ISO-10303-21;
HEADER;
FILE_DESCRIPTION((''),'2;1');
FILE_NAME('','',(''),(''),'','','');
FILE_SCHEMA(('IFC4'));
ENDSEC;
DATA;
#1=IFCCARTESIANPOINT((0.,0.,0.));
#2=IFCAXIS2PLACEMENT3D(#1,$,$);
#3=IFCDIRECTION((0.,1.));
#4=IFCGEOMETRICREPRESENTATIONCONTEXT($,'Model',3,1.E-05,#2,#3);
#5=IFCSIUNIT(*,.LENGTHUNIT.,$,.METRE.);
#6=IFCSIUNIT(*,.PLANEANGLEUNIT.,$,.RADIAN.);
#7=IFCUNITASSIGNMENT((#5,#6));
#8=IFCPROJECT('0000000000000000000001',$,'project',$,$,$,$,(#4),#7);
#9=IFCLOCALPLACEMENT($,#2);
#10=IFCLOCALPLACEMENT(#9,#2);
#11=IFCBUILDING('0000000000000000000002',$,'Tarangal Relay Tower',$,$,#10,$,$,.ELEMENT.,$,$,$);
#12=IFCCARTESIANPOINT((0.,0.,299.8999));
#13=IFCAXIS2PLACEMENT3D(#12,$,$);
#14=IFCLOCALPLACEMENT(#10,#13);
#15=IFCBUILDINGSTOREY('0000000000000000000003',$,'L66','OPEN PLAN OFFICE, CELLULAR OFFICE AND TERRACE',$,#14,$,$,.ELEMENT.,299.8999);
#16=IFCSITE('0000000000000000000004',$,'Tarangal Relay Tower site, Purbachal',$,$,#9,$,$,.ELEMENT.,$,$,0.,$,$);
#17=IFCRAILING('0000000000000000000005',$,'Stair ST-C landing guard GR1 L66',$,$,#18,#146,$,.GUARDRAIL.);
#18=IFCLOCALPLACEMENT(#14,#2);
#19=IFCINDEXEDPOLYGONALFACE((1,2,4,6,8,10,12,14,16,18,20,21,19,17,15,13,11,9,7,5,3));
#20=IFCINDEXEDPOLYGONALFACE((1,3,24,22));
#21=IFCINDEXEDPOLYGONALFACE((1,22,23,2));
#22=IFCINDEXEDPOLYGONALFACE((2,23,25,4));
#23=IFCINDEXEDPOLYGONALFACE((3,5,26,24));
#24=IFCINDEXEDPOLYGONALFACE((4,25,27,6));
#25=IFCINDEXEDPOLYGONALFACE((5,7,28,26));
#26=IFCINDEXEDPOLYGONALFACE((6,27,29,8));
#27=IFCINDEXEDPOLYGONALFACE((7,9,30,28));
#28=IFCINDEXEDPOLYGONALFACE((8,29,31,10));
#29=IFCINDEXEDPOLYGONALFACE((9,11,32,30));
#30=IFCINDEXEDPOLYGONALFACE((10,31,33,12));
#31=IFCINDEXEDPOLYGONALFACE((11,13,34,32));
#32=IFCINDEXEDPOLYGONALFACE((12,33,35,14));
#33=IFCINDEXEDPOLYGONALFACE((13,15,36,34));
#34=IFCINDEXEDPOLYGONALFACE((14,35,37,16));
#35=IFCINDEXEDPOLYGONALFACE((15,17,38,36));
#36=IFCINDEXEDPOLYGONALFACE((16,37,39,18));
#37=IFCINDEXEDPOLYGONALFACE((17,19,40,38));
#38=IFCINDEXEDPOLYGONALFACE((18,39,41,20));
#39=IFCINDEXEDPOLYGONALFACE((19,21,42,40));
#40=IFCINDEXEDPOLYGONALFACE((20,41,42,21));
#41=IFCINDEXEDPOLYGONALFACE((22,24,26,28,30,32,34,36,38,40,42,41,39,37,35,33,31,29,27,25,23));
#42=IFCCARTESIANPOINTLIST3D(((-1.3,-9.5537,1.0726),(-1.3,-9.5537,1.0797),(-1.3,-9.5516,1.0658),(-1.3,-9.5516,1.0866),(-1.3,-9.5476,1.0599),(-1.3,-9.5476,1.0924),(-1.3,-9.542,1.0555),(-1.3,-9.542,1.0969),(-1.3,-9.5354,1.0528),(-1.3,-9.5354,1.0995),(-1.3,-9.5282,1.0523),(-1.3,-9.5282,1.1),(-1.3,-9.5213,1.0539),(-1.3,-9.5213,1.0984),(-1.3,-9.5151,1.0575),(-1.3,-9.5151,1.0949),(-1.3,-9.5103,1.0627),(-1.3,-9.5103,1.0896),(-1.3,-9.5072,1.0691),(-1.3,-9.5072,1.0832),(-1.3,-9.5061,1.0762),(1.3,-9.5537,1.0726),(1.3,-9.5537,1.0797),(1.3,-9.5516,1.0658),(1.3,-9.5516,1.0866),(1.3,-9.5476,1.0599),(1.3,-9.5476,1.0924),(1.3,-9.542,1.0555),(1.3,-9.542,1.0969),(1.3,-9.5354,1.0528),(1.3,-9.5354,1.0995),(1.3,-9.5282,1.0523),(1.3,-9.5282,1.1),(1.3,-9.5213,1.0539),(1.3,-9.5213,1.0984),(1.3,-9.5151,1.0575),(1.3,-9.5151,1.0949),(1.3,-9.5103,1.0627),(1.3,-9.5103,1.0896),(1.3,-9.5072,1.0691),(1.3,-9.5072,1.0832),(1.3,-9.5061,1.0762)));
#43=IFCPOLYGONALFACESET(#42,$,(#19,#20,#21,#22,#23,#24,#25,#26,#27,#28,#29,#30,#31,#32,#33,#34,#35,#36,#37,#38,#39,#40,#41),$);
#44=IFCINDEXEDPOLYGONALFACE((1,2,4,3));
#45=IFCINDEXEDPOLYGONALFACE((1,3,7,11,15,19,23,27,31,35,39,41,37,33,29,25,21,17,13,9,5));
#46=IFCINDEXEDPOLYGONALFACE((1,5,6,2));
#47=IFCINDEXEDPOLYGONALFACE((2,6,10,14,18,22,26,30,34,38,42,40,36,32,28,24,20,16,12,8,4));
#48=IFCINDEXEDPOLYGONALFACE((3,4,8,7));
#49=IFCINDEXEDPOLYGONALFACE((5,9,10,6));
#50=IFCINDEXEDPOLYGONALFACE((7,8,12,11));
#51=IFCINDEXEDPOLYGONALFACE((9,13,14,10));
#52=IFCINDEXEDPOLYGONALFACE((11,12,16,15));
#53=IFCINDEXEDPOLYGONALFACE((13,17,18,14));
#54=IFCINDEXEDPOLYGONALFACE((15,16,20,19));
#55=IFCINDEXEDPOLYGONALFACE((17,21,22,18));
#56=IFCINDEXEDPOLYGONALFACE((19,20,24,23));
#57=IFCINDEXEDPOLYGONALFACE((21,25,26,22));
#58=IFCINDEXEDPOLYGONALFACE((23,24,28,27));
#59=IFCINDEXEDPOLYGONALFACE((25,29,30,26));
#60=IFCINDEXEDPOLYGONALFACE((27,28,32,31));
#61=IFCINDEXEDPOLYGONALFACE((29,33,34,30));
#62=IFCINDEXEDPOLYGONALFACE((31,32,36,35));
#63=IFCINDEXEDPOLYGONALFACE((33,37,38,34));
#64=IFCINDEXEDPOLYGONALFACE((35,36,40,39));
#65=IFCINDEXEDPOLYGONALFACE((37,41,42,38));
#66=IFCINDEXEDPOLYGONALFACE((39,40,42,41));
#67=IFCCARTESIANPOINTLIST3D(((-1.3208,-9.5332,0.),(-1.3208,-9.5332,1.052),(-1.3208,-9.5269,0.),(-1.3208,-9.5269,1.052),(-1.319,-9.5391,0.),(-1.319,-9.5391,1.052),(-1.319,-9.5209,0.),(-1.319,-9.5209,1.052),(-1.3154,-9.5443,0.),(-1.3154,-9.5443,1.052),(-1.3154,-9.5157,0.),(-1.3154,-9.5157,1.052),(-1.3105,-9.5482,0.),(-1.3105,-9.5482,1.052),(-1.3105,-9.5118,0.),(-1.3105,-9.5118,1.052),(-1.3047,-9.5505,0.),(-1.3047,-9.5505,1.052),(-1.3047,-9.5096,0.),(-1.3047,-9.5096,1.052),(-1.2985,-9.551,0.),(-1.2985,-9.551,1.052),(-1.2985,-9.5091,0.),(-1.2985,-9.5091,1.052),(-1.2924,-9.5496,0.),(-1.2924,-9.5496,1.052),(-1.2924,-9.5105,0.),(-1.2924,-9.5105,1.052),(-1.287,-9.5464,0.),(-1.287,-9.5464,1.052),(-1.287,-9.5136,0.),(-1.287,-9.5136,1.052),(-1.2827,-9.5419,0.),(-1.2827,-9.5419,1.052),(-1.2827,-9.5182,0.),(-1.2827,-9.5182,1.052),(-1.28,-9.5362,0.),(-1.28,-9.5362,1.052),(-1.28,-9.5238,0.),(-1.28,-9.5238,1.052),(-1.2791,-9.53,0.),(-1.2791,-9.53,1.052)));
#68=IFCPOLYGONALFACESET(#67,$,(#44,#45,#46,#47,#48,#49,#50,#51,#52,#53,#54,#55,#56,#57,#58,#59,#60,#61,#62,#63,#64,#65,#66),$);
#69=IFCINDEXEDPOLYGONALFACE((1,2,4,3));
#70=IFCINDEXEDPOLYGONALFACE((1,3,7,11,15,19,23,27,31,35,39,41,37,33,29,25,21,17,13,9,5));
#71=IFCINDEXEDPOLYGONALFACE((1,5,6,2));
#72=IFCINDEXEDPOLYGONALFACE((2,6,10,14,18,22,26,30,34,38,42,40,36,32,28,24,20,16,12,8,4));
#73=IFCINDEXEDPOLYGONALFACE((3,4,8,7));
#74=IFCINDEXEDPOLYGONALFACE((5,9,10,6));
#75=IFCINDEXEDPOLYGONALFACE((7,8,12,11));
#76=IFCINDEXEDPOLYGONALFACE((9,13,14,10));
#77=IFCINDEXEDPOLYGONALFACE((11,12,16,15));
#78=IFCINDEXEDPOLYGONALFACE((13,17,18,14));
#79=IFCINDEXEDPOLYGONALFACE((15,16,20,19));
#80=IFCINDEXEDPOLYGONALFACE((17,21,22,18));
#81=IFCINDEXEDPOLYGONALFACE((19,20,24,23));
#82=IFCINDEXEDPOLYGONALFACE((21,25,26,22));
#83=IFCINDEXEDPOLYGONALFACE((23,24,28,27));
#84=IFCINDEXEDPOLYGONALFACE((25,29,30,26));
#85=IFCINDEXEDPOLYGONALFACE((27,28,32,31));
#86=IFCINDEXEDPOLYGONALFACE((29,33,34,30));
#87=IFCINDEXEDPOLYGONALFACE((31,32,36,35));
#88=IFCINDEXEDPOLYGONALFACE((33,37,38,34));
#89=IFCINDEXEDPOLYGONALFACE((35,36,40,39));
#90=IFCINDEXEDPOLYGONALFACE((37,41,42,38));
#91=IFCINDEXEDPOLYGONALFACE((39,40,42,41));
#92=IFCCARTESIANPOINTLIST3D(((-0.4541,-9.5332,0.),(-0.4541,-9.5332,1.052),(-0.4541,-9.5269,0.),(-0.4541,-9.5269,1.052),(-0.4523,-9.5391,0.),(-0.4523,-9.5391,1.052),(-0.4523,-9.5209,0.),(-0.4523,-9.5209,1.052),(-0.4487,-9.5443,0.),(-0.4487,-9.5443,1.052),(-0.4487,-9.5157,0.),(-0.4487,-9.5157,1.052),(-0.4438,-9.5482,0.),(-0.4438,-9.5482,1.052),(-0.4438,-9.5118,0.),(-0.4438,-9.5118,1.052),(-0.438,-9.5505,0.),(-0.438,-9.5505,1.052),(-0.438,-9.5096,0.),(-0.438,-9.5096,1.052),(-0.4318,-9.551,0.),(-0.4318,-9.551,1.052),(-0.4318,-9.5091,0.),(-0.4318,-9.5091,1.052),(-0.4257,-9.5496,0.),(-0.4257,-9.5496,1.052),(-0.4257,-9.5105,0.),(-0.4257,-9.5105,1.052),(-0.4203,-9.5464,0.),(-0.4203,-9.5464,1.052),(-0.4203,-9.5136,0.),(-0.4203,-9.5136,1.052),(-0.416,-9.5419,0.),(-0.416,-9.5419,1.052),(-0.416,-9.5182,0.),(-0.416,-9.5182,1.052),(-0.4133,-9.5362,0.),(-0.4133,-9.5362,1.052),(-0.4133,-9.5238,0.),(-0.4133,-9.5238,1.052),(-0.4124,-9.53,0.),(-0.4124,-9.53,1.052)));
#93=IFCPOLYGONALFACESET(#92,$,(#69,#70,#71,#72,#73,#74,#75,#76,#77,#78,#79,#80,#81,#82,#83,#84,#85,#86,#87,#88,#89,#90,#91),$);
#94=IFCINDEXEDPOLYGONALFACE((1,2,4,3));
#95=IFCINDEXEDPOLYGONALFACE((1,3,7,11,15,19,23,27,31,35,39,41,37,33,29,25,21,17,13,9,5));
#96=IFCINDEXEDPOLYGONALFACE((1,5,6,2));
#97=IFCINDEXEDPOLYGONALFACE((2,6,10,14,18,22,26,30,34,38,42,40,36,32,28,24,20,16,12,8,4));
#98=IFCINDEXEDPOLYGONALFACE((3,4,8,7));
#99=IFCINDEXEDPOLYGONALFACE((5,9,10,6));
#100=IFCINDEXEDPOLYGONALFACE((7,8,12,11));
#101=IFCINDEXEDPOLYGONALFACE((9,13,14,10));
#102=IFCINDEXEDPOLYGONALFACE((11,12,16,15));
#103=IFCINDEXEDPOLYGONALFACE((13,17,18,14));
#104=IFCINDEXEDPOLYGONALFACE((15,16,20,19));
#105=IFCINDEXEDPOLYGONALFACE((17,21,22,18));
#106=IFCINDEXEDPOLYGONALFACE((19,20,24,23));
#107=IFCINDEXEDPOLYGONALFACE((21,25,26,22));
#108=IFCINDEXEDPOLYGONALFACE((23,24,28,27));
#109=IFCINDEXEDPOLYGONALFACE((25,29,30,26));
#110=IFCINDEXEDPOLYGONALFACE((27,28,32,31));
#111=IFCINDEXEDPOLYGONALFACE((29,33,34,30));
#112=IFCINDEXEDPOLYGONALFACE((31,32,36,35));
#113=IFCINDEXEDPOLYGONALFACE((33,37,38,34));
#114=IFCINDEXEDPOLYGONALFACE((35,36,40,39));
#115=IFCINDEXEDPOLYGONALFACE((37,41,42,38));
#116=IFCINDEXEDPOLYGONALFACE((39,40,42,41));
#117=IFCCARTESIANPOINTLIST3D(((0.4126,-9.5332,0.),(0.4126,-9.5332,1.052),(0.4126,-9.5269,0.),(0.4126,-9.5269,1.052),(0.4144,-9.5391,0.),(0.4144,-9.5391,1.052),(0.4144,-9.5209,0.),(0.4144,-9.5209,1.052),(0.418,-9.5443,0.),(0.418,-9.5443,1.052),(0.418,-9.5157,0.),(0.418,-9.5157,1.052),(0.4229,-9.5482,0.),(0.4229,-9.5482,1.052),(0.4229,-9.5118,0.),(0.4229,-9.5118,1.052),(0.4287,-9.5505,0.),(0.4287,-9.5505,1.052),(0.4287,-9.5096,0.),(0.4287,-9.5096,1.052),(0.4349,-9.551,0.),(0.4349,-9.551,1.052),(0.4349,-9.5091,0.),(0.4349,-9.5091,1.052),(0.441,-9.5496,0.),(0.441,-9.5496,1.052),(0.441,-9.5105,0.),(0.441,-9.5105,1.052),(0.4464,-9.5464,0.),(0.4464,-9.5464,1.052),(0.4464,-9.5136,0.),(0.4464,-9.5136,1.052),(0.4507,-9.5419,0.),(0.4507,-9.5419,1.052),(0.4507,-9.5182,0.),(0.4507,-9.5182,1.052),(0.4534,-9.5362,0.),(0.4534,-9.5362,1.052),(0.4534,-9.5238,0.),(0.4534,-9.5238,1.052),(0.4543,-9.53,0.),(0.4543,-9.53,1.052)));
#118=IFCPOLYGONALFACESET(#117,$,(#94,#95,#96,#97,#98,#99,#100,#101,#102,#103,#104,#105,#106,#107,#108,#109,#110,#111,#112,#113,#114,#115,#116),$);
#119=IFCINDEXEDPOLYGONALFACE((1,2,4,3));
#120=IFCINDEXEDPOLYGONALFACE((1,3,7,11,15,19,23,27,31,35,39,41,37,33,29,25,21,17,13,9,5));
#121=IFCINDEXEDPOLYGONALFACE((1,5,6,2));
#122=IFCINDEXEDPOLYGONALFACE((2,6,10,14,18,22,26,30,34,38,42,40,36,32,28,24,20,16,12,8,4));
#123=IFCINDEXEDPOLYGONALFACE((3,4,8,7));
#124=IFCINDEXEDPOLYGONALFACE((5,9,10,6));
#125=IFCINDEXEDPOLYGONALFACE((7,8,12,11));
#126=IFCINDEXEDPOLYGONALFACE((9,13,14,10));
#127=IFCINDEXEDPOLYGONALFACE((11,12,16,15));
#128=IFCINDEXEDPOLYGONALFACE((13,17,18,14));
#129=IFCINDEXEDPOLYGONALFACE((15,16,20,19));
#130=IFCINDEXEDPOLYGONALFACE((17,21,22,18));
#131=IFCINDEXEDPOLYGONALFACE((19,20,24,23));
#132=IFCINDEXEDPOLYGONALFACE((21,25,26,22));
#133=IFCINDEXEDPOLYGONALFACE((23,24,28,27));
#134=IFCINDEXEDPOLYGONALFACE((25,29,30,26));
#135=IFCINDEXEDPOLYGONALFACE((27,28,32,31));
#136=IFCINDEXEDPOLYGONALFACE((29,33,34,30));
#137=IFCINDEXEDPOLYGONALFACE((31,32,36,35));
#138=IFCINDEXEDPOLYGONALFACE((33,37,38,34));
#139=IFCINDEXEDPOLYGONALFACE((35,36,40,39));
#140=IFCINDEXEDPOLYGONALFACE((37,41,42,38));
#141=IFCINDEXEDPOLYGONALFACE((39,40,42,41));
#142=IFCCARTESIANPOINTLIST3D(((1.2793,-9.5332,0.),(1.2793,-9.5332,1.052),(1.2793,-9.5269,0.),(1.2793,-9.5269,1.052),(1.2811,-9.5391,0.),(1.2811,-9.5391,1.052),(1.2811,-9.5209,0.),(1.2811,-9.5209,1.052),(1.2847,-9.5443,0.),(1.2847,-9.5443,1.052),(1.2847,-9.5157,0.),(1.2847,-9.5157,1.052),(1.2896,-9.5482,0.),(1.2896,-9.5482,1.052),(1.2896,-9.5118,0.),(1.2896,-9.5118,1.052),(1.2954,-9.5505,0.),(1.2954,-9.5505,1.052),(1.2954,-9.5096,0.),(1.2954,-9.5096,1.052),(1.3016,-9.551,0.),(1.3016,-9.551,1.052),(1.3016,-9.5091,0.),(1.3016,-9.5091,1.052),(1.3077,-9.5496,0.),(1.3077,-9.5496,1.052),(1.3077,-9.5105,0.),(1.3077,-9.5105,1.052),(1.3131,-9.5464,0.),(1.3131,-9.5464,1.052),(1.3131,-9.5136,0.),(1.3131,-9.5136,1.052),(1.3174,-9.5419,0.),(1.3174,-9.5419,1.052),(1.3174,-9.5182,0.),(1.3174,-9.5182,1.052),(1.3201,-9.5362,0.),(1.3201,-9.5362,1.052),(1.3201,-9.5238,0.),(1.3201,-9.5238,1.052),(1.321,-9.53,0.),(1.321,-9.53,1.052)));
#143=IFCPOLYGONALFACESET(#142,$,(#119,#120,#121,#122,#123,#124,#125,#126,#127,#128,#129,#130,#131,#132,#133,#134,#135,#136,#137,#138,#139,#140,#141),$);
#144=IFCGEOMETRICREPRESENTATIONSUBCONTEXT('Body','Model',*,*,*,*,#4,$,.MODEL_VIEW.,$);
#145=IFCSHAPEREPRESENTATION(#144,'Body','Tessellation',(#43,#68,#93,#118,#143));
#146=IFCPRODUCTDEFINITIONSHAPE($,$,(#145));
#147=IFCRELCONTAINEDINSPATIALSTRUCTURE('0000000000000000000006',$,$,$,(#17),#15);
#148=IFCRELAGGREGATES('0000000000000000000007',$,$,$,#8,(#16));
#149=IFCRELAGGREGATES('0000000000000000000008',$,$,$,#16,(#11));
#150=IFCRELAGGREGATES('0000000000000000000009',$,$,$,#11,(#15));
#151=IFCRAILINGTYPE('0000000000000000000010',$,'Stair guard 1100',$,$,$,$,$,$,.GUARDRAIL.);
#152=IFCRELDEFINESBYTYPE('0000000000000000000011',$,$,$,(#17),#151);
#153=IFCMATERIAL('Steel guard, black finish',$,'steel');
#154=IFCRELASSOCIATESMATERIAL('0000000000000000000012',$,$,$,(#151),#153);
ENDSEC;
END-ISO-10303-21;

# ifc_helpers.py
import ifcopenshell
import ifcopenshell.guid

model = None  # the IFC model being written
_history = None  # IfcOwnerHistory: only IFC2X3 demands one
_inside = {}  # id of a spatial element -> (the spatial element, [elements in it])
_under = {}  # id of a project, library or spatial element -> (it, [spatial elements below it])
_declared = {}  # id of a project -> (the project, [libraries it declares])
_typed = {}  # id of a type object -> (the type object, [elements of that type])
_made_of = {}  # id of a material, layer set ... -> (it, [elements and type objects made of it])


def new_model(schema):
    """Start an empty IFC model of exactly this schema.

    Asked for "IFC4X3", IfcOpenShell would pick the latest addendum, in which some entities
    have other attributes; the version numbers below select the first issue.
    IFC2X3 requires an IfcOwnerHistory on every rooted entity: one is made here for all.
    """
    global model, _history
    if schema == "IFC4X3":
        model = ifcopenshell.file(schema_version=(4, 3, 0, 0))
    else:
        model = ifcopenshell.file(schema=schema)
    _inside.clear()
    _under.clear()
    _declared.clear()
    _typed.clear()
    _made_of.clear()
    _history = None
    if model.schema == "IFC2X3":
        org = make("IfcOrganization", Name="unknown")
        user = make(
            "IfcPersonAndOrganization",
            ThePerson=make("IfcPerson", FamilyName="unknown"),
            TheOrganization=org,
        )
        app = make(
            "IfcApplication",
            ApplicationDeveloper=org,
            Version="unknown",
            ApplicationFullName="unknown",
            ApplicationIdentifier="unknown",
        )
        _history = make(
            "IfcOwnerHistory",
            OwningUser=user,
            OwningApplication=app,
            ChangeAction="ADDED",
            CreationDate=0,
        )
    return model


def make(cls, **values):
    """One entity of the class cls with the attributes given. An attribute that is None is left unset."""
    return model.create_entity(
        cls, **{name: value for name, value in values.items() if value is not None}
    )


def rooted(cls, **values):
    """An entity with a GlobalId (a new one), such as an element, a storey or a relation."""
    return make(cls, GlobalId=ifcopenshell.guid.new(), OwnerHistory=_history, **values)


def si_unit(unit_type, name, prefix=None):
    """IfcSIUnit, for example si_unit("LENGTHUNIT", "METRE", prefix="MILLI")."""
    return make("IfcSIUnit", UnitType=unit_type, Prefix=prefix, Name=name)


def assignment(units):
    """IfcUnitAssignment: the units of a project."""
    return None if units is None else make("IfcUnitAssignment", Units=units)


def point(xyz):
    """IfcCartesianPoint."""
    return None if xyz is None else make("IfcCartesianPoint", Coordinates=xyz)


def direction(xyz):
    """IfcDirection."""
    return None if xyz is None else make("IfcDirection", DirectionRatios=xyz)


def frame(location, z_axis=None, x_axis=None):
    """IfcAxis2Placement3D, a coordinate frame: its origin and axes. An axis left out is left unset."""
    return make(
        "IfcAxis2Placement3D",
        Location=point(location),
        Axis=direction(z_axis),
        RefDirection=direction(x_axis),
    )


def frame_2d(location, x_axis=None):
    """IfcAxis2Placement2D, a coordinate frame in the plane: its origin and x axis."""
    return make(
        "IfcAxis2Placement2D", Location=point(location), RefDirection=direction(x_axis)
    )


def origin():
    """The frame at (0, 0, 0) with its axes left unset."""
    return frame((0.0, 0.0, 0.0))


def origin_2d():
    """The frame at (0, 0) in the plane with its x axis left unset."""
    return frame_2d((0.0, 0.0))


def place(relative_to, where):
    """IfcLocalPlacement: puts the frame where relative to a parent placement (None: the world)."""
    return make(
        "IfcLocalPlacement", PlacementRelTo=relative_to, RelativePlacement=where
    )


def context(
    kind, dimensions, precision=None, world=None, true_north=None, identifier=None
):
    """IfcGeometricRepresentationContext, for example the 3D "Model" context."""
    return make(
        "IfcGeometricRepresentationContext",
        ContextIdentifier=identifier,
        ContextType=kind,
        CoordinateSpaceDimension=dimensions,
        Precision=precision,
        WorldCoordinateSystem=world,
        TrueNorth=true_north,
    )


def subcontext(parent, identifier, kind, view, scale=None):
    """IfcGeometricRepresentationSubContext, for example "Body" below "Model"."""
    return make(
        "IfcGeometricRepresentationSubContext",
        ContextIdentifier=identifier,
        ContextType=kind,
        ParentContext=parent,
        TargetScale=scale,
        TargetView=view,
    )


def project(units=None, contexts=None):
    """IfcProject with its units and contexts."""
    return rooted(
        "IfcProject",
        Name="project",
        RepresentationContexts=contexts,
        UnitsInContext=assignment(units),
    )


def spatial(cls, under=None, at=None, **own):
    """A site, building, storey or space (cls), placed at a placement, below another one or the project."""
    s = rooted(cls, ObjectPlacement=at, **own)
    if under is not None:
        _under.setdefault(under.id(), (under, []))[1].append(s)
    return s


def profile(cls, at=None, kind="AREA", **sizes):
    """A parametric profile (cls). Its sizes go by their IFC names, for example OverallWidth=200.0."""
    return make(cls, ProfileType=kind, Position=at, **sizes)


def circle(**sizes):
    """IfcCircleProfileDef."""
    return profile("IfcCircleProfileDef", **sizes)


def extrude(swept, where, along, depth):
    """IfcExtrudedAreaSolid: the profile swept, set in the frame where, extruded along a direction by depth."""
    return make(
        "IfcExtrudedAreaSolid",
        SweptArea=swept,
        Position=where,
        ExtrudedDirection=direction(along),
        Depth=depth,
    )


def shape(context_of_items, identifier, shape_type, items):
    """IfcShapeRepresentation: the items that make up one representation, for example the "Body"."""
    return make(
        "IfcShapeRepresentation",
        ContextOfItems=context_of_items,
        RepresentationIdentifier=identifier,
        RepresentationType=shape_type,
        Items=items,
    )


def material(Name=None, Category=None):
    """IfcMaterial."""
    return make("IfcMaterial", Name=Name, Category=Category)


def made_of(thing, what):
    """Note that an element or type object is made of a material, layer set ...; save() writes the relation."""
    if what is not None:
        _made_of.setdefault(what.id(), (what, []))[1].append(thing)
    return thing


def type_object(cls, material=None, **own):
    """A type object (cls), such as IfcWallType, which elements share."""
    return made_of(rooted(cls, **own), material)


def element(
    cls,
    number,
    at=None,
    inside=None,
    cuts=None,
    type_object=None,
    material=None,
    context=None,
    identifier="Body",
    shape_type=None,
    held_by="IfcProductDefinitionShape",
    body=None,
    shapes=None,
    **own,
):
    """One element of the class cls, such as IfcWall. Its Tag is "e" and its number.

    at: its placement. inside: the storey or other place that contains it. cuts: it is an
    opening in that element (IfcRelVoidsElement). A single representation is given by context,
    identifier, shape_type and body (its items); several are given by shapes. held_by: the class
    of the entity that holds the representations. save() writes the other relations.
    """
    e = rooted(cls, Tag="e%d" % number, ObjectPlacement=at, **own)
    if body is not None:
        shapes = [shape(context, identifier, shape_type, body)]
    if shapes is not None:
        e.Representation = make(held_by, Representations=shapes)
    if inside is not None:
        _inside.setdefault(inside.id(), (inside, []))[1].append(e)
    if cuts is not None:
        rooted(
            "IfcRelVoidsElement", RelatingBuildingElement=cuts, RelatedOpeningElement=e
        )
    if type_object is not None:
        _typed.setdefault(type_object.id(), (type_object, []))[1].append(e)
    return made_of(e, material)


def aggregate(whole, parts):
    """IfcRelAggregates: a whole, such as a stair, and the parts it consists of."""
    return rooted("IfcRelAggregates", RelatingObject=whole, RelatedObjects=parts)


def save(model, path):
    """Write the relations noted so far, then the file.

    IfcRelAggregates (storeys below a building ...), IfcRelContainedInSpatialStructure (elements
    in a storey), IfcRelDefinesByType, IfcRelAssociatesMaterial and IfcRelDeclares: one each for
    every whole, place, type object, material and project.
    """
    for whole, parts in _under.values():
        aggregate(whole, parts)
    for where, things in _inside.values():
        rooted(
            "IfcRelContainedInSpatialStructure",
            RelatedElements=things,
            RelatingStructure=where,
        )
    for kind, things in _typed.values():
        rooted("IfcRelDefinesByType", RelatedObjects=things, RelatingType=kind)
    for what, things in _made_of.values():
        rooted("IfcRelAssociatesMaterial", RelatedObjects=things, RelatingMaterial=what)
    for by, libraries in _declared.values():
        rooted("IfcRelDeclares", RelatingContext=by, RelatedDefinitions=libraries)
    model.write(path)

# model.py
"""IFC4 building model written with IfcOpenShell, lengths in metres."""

from ifc_helpers import new_model, si_unit, direction, frame, origin, origin_2d, place, context, subcontext, project, spatial, circle, extrude, material, type_object, element, save


model = new_model("IFC4")

# Units and contexts
model_context = context("Model", 3, precision=1e-05, world=origin(), true_north=direction((0.0, 1.0)))
body_context = subcontext(model_context, "Body", "Model", "MODEL_VIEW")
ifc_project = project(units=[si_unit("LENGTHUNIT", "METRE"), si_unit("PLANEANGLEUNIT", "RADIAN")], contexts=[model_context])

# Site, building, storey
site_placement = place(None, origin())
site = spatial("IfcSite", under=ifc_project, at=site_placement, Name="Tarangal Relay Tower site, Purbachal", CompositionType="ELEMENT", RefElevation=0.0)
building_placement = place(site_placement, origin())
building = spatial("IfcBuilding", under=site, at=building_placement, Name="Tarangal Relay Tower", CompositionType="ELEMENT")
storey_placement = place(building_placement, frame((0.0, 0.0, 299.8999)))
storey = spatial("IfcBuildingStorey", under=building, at=storey_placement, Name="L66", Description="OPEN PLAN OFFICE, CELLULAR OFFICE AND TERRACE", CompositionType="ELEMENT", Elevation=299.8999)

# Railing
ifc_material_1 = material(Name="Steel guard, black finish", Category="steel")
railing_type_1 = type_object("IfcRailingType", Name="Stair guard 1100", PredefinedType="GUARDRAIL", material=ifc_material_1)
for number, where, name in (
    (1, (-1.3, -9.53, 0.0), "Stair ST-C landing guard GR1 L66"),
):
    element("IfcRailing", number, at=place(storey_placement, frame(where)), inside=storey, type_object=railing_type_1, Name=name, PredefinedType="GUARDRAIL", context=body_context, shape_type="SweptSolid", body=[
        extrude(circle(Radius=0.0239, at=origin_2d()), frame((0.0, 0.0, 1.0762), z_axis=(1.0, 0.0, 0.0), x_axis=(0.0, 1.0, 0.0)), (0.0, 0.0, 1.0), 2.6001),
        extrude(circle(Radius=0.021, at=origin_2d()), origin(), (0.0, 0.0, 1.0), 1.052),
        extrude(circle(Radius=0.021, at=origin_2d()), frame((0.8667, 0.0, 0.0)), (0.0, 0.0, 1.0), 1.052),
        extrude(circle(Radius=0.021, at=origin_2d()), frame((1.7334, 0.0, 0.0)), (0.0, 0.0, 1.0), 1.052),
        extrude(circle(Radius=0.021, at=origin_2d()), frame((2.6001, 0.0, 0.0)), (0.0, 0.0, 1.0), 1.052),
    ])

save(model, "model.ifc")
